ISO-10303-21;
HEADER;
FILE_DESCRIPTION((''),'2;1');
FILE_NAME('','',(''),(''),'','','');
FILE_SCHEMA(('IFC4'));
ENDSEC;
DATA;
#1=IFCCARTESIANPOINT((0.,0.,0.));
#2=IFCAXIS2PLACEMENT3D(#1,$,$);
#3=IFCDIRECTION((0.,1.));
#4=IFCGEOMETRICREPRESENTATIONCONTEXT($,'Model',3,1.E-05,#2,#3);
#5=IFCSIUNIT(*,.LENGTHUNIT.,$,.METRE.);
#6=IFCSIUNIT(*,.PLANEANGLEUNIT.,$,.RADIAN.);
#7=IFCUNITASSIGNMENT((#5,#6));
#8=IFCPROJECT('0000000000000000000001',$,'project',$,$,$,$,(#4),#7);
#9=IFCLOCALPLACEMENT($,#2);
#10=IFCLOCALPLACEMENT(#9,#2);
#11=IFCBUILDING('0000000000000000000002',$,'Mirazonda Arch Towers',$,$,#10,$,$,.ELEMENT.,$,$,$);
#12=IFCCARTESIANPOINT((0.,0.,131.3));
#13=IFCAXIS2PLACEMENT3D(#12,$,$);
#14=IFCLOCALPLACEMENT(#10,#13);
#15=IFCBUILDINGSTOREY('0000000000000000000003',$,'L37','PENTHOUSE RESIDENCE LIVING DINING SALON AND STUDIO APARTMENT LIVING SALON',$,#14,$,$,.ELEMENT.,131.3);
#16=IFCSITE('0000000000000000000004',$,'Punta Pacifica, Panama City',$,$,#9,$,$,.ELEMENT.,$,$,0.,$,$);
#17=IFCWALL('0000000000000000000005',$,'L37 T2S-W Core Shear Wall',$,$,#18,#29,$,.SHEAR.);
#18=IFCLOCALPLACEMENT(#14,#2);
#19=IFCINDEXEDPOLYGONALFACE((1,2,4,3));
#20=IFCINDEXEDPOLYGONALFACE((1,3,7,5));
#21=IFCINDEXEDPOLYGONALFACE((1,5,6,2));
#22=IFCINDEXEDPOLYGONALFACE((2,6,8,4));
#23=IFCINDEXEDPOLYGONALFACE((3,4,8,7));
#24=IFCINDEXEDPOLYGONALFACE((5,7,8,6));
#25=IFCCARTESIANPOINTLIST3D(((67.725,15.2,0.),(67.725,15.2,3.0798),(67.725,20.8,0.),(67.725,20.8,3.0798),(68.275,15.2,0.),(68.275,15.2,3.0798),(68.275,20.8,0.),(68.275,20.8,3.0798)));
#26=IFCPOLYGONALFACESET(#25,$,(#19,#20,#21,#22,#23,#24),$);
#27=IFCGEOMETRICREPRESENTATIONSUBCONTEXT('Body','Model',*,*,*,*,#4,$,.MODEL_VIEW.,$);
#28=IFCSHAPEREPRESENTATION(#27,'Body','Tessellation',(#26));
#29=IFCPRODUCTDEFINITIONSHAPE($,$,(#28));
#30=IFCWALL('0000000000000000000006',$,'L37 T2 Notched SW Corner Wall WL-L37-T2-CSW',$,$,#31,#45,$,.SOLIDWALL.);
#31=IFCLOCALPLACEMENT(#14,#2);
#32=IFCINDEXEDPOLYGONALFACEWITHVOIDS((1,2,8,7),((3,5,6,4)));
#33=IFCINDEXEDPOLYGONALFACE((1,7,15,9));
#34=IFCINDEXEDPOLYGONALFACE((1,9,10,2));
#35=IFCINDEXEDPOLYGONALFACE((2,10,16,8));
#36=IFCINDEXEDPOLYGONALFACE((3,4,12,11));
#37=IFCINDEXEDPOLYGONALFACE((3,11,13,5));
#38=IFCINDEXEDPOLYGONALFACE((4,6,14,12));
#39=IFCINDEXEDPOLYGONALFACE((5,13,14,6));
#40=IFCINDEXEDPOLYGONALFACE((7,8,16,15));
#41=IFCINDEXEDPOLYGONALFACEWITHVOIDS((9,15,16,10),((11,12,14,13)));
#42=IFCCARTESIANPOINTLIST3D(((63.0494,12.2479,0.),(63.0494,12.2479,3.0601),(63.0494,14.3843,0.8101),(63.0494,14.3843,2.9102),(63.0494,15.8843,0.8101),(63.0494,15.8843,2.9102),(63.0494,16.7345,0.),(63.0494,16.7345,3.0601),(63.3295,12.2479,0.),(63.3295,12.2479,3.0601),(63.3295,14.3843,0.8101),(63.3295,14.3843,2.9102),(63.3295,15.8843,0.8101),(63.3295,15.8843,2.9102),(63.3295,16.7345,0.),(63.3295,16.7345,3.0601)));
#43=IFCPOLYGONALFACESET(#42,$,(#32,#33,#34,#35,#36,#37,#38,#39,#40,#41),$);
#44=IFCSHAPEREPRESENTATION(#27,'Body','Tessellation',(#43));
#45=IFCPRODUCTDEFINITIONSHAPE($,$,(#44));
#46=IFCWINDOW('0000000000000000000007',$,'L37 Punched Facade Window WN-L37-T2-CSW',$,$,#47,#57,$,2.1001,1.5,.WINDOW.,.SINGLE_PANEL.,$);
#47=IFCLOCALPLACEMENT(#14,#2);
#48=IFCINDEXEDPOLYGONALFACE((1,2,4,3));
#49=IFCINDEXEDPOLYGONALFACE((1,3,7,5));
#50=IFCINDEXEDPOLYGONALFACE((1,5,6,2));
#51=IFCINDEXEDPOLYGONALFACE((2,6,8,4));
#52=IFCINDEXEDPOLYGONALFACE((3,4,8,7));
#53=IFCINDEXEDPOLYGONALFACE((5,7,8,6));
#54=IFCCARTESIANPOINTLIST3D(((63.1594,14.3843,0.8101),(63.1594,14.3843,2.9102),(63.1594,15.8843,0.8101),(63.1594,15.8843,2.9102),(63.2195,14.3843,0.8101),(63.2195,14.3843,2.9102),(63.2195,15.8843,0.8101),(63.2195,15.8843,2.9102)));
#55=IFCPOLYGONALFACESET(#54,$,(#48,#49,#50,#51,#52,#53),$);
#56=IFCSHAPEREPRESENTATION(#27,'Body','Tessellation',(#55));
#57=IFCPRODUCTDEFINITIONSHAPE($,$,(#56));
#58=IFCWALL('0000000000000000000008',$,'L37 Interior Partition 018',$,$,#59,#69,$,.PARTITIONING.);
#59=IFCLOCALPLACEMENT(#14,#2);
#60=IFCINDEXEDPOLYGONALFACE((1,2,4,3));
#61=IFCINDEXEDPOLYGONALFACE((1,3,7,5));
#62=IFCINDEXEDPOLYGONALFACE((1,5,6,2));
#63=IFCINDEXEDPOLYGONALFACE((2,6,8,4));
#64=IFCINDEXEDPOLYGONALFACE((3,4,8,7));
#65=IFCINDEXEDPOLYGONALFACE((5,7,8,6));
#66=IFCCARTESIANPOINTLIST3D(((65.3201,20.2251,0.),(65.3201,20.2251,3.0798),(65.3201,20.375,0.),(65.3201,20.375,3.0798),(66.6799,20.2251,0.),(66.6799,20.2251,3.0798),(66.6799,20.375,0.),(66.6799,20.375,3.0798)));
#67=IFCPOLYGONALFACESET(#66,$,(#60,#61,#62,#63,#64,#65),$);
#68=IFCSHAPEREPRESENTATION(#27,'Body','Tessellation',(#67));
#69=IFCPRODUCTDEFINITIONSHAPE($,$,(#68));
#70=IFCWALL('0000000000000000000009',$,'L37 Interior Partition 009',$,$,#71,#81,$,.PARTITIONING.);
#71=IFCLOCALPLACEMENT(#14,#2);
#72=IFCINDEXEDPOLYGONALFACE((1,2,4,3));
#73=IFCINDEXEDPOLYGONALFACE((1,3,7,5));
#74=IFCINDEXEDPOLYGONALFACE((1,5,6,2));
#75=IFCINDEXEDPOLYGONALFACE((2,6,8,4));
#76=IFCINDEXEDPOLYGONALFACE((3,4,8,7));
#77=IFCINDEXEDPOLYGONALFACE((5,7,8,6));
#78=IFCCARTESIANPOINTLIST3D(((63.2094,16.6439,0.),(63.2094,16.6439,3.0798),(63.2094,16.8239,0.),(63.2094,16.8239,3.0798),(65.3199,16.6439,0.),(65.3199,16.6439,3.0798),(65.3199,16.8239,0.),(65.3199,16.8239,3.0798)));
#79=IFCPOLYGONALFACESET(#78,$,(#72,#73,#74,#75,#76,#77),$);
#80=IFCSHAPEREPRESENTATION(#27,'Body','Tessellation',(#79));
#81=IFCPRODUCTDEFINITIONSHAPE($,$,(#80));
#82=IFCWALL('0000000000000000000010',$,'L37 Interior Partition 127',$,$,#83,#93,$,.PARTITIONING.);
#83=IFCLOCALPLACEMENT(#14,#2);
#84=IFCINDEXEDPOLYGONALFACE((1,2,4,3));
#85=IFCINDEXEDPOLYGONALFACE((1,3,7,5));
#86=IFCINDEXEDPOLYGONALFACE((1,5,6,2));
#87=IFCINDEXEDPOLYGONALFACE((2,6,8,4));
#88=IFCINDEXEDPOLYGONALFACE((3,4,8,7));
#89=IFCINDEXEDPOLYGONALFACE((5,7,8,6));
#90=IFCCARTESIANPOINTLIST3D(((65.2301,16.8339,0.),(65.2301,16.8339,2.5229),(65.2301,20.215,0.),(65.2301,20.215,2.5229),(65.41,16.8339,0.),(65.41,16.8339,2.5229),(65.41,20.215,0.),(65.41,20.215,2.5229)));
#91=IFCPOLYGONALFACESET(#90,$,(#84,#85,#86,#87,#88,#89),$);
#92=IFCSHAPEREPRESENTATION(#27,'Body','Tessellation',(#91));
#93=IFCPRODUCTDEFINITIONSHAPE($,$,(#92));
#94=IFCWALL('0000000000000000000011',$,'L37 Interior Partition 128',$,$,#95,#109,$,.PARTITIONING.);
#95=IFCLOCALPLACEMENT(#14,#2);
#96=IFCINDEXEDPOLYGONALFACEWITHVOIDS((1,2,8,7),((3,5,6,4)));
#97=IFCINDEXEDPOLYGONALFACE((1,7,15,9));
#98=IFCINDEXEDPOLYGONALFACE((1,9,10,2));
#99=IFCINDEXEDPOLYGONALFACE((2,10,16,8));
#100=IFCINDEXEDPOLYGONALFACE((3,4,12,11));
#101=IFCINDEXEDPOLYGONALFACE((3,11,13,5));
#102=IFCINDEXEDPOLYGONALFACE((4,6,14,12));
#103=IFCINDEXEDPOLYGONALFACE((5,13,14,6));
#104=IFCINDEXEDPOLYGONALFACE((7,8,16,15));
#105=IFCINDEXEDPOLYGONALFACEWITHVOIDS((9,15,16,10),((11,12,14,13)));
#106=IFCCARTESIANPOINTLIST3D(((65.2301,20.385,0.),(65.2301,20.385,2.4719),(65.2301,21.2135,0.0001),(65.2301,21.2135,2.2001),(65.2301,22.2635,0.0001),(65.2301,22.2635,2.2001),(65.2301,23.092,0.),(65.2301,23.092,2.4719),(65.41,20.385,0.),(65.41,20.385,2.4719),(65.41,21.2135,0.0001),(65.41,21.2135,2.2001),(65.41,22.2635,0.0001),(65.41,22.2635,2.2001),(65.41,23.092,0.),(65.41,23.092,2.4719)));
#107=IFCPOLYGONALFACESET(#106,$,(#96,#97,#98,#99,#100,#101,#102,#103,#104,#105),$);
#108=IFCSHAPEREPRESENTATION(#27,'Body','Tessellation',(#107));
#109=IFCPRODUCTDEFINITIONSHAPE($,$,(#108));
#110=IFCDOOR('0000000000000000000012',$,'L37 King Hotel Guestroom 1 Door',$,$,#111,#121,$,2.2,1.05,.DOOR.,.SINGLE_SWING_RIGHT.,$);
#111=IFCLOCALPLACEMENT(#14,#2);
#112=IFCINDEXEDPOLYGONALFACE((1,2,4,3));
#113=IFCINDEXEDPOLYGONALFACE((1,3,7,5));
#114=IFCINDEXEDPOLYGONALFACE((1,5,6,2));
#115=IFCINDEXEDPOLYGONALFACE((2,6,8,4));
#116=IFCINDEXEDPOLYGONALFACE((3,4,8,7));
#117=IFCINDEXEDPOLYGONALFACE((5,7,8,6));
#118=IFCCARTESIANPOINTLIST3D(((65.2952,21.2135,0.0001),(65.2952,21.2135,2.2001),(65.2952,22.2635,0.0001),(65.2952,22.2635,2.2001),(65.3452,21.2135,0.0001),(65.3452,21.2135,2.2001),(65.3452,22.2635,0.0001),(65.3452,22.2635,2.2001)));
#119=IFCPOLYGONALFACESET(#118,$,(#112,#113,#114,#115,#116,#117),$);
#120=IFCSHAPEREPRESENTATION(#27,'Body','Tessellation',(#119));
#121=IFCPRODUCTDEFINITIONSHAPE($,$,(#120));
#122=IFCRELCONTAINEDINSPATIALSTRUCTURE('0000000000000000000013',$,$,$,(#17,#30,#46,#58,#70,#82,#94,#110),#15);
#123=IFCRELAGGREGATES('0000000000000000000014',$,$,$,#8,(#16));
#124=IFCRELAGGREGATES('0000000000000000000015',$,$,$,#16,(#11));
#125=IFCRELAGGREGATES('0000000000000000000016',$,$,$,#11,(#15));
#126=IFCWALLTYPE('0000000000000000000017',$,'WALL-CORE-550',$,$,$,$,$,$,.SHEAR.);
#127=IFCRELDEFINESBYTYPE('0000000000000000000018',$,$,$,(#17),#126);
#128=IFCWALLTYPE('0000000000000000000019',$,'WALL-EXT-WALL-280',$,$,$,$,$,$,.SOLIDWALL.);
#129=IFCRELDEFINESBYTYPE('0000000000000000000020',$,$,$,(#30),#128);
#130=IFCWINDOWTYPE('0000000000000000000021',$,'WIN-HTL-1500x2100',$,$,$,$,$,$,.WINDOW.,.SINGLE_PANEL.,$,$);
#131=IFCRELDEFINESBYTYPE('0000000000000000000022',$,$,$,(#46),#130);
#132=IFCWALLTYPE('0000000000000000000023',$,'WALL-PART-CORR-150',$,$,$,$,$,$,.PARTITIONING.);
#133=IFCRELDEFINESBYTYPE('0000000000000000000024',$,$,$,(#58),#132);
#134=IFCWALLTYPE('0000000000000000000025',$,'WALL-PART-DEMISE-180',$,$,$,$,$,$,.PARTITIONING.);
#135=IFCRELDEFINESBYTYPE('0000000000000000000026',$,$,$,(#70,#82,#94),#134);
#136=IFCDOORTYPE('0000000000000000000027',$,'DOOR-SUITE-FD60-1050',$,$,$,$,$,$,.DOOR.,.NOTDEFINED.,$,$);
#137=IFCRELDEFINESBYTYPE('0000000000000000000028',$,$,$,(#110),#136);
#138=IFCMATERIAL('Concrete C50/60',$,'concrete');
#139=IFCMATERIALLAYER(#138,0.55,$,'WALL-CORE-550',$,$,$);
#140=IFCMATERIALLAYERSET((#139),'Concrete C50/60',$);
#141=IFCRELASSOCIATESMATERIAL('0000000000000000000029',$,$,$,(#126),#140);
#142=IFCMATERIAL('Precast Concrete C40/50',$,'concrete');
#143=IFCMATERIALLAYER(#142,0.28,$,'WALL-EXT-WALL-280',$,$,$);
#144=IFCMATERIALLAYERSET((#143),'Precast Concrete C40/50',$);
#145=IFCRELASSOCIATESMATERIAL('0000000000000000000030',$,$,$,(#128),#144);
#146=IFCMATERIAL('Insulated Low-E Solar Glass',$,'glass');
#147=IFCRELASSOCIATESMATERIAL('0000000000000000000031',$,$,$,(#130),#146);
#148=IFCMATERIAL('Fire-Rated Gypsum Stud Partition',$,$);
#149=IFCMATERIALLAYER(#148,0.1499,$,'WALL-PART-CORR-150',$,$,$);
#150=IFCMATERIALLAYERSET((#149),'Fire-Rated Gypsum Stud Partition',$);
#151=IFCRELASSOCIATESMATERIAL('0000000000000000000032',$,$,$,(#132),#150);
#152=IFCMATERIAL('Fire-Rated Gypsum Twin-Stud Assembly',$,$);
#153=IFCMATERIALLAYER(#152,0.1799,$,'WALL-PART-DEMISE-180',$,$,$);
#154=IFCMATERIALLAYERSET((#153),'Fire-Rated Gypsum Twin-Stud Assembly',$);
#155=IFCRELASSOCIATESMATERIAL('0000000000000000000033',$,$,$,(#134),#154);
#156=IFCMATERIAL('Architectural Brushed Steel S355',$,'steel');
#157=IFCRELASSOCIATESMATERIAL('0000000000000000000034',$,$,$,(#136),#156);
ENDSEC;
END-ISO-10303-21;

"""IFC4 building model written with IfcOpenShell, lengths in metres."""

from ifc_helpers import new_model, si_unit, direction, frame, frame_2d, origin, place, context, subcontext, project, spatial, rectangle, extrude, material, layer, layer_set, type_object, element, fill, save


model = new_model("IFC4")

# Units and contexts
model_context = context("Model", 3, precision=1e-05, world=origin(), true_north=direction((0.0, 1.0)))
body_context = subcontext(model_context, "Body", "Model", "MODEL_VIEW")
ifc_project = project(units=[si_unit("LENGTHUNIT", "METRE"), si_unit("PLANEANGLEUNIT", "RADIAN")], contexts=[model_context])

# Site, building, storey
site_placement = place(None, origin())
site = spatial("IfcSite", under=ifc_project, at=site_placement, Name="Punta Pacifica, Panama City", CompositionType="ELEMENT", RefElevation=0.0)
building_placement = place(site_placement, origin())
building = spatial("IfcBuilding", under=site, at=building_placement, Name="Mirazonda Arch Towers", CompositionType="ELEMENT")
storey_placement = place(building_placement, frame((0.0, 0.0, 131.3)))
storey = spatial("IfcBuildingStorey", under=building, at=storey_placement, Name="L37", Description="PENTHOUSE RESIDENCE LIVING DINING SALON AND STUDIO APARTMENT LIVING SALON", CompositionType="ELEMENT", Elevation=131.3)

# Shared definitions
ifc_material_1 = material(Name="Concrete C50/60", Category="concrete")

# Shared definitions
ifc_material_2 = material(Name="Insulated Low-E Solar Glass", Category="glass")

# Shared definitions
ifc_material_3 = material(Name="Architectural Brushed Steel S355", Category="steel")

# Wall
ifc_layer_1 = layer(ifc_material_1, 0.55, Name="WALL-CORE-550")
ifc_layer_set_1 = layer_set([ifc_layer_1], Name="Concrete C50/60")
wall_type_1 = type_object("IfcWallType", Name="WALL-CORE-550", PredefinedType="SHEAR", material=ifc_layer_set_1)
wall_1_placement = place(storey_placement, frame((68.0, 15.2, 0.0), z_axis=(0.0, 0.0, 1.0), x_axis=(0.0, 1.0, 0.0)))
element("IfcWall", 1, at=wall_1_placement, inside=storey, type_object=wall_type_1, Name="L37 T2S-W Core Shear Wall", PredefinedType="SHEAR", context=body_context, shape_type="SweptSolid", body=[
    extrude(rectangle(XDim=5.6001, YDim=0.55, at=frame_2d((2.8, 0.0))), origin(), (0.0, 0.0, 1.0), 3.0798),
])

# Wall, opening, window
ifc_material_4 = material(Name="Precast Concrete C40/50", Category="concrete")
ifc_layer_2 = layer(ifc_material_4, 0.28, Name="WALL-EXT-WALL-280")
ifc_layer_set_2 = layer_set([ifc_layer_2], Name="Precast Concrete C40/50")
wall_type_2 = type_object("IfcWallType", Name="WALL-EXT-WALL-280", PredefinedType="SOLIDWALL", material=ifc_layer_set_2)
wall_2_placement = place(storey_placement, frame((63.1895, 16.7344, 0.0), z_axis=(0.0, 0.0, 1.0), x_axis=(0.0, -1.0, 0.0)))
wall_2 = element("IfcWall", 2, at=wall_2_placement, inside=storey, type_object=wall_type_2, Name="L37 T2 Notched SW Corner Wall WL-L37-T2-CSW", PredefinedType="SOLIDWALL", context=body_context, shape_type="SweptSolid", body=[
    extrude(rectangle(XDim=4.4866, YDim=0.28, at=frame_2d((2.2432, 0.0))), origin(), (0.0, 0.0, 1.0), 3.0601),
])
opening_1_placement = place(wall_2_placement, frame((0.8501, 0.0, 0.8101)))
opening_1 = element("IfcOpeningElement", 3, at=opening_1_placement, cuts=wall_2, PredefinedType="OPENING", context=body_context, shape_type="SweptSolid", body=[
    extrude(rectangle(XDim=1.5, YDim=2.1001, at=frame_2d((0.75, 1.05))), frame((0.0, 0.1499, 0.0), z_axis=(0.0, -1.0, 0.0), x_axis=(1.0, 0.0, 0.0)), (0.0, 0.0, 1.0), 0.3),
])
window_type = type_object("IfcWindowType", Name="WIN-HTL-1500x2100", PartitioningType="SINGLE_PANEL", PredefinedType="WINDOW", material=ifc_material_2)
window_placement = place(opening_1_placement, origin())
window = element("IfcWindow", 4, at=window_placement, inside=storey, type_object=window_type, Name="L37 Punched Facade Window WN-L37-T2-CSW", OverallHeight=2.1001, OverallWidth=1.5, PartitioningType="SINGLE_PANEL", PredefinedType="WINDOW", context=body_context, shape_type="SweptSolid", body=[
    extrude(rectangle(XDim=1.5, YDim=2.1001, at=frame_2d((0.75, 1.05))), frame((0.0, 0.03, 0.0), z_axis=(0.0, -1.0, 0.0), x_axis=(1.0, 0.0, 0.0)), (0.0, 0.0, 1.0), 0.0601),
])
fill(opening_1, window)

# Walls
ifc_material_5 = material(Name="Fire-Rated Gypsum Stud Partition")
ifc_layer_3 = layer(ifc_material_5, 0.1499, Name="WALL-PART-CORR-150")
ifc_layer_set_3 = layer_set([ifc_layer_3], Name="Fire-Rated Gypsum Stud Partition")
wall_type_3 = type_object("IfcWallType", Name="WALL-PART-CORR-150", PredefinedType="PARTITIONING", material=ifc_layer_set_3)
wall_3_placement = place(storey_placement, frame((65.3201, 20.3, 0.0), z_axis=(0.0, 0.0, 1.0), x_axis=(1.0, 0.0, 0.0)))
element("IfcWall", 5, at=wall_3_placement, inside=storey, type_object=wall_type_3, Name="L37 Interior Partition 018", PredefinedType="PARTITIONING", context=body_context, shape_type="SweptSolid", body=[
    extrude(rectangle(XDim=1.3599, YDim=0.1499, at=frame_2d((0.6799, 0.0))), origin(), (0.0, 0.0, 1.0), 3.0798),
])
ifc_material_6 = material(Name="Fire-Rated Gypsum Twin-Stud Assembly")
ifc_layer_4 = layer(ifc_material_6, 0.1799, Name="WALL-PART-DEMISE-180")
ifc_layer_set_4 = layer_set([ifc_layer_4], Name="Fire-Rated Gypsum Twin-Stud Assembly")
wall_type_4 = type_object("IfcWallType", Name="WALL-PART-DEMISE-180", PredefinedType="PARTITIONING", material=ifc_layer_set_4)
wall_4_placement = place(storey_placement, frame((63.2095, 16.7339, 0.0), z_axis=(0.0, 0.0, 1.0), x_axis=(1.0, 0.0, 0.0)))
element("IfcWall", 6, at=wall_4_placement, inside=storey, type_object=wall_type_4, Name="L37 Interior Partition 009", PredefinedType="PARTITIONING", context=body_context, shape_type="SweptSolid", body=[
    extrude(rectangle(XDim=2.1106, YDim=0.1799, at=frame_2d((1.0552, 0.0))), origin(), (0.0, 0.0, 1.0), 3.0798),
])
wall_5_placement = place(storey_placement, frame((65.3201, 16.834, 0.0), z_axis=(0.0, 0.0, 1.0), x_axis=(0.0, 1.0, 0.0)))
element("IfcWall", 7, at=wall_5_placement, inside=storey, type_object=wall_type_4, Name="L37 Interior Partition 127", PredefinedType="PARTITIONING", context=body_context, shape_type="SweptSolid", body=[
    extrude(rectangle(XDim=3.3811, YDim=0.1799, at=frame_2d((1.6904, 0.0))), origin(), (0.0, 0.0, 1.0), 2.5229),
])

# Wall, opening, door
wall_6_placement = place(storey_placement, frame((65.3201, 20.385, 0.0), z_axis=(0.0, 0.0, 1.0), x_axis=(0.0, 1.0, 0.0)))
wall_6 = element("IfcWall", 8, at=wall_6_placement, inside=storey, type_object=wall_type_4, Name="L37 Interior Partition 128", PredefinedType="PARTITIONING", context=body_context, shape_type="SweptSolid", body=[
    extrude(rectangle(XDim=2.707, YDim=0.1799, at=frame_2d((1.3535, 0.0))), origin(), (0.0, 0.0, 1.0), 2.4719),
])
opening_2_placement = place(wall_6_placement, frame((0.8286, 0.0, 0.0)))
opening_2 = element("IfcOpeningElement", 9, at=opening_2_placement, cuts=wall_6, PredefinedType="OPENING", context=body_context, shape_type="SweptSolid", body=[
    extrude(rectangle(XDim=1.05, YDim=2.2, at=frame_2d((0.5249, 1.1001))), frame((0.0, 0.0999, 0.0), z_axis=(0.0, -1.0, 0.0), x_axis=(1.0, 0.0, 0.0)), (0.0, 0.0, 1.0), 0.2),
])
door_type_1 = type_object("IfcDoorType", Name="DOOR-SUITE-FD60-1050", OperationType="NOTDEFINED", PredefinedType="DOOR", material=ifc_material_3)
door_1_placement = place(opening_2_placement, origin())
door_1 = element("IfcDoor", 10, at=door_1_placement, inside=storey, type_object=door_type_1, Name="L37 King Hotel Guestroom 1 Door", OperationType="SINGLE_SWING_RIGHT", OverallHeight=2.2, OverallWidth=1.05, PredefinedType="DOOR", context=body_context, shape_type="SweptSolid", body=[
    extrude(rectangle(XDim=1.05, YDim=2.2, at=frame_2d((0.5249, 1.1001))), frame((0.0, 0.0249, 0.0), z_axis=(0.0, -1.0, 0.0), x_axis=(1.0, 0.0, 0.0)), (0.0, 0.0, 1.0), 0.05),
])
fill(opening_2, door_1)

save(model, "model.ifc")
